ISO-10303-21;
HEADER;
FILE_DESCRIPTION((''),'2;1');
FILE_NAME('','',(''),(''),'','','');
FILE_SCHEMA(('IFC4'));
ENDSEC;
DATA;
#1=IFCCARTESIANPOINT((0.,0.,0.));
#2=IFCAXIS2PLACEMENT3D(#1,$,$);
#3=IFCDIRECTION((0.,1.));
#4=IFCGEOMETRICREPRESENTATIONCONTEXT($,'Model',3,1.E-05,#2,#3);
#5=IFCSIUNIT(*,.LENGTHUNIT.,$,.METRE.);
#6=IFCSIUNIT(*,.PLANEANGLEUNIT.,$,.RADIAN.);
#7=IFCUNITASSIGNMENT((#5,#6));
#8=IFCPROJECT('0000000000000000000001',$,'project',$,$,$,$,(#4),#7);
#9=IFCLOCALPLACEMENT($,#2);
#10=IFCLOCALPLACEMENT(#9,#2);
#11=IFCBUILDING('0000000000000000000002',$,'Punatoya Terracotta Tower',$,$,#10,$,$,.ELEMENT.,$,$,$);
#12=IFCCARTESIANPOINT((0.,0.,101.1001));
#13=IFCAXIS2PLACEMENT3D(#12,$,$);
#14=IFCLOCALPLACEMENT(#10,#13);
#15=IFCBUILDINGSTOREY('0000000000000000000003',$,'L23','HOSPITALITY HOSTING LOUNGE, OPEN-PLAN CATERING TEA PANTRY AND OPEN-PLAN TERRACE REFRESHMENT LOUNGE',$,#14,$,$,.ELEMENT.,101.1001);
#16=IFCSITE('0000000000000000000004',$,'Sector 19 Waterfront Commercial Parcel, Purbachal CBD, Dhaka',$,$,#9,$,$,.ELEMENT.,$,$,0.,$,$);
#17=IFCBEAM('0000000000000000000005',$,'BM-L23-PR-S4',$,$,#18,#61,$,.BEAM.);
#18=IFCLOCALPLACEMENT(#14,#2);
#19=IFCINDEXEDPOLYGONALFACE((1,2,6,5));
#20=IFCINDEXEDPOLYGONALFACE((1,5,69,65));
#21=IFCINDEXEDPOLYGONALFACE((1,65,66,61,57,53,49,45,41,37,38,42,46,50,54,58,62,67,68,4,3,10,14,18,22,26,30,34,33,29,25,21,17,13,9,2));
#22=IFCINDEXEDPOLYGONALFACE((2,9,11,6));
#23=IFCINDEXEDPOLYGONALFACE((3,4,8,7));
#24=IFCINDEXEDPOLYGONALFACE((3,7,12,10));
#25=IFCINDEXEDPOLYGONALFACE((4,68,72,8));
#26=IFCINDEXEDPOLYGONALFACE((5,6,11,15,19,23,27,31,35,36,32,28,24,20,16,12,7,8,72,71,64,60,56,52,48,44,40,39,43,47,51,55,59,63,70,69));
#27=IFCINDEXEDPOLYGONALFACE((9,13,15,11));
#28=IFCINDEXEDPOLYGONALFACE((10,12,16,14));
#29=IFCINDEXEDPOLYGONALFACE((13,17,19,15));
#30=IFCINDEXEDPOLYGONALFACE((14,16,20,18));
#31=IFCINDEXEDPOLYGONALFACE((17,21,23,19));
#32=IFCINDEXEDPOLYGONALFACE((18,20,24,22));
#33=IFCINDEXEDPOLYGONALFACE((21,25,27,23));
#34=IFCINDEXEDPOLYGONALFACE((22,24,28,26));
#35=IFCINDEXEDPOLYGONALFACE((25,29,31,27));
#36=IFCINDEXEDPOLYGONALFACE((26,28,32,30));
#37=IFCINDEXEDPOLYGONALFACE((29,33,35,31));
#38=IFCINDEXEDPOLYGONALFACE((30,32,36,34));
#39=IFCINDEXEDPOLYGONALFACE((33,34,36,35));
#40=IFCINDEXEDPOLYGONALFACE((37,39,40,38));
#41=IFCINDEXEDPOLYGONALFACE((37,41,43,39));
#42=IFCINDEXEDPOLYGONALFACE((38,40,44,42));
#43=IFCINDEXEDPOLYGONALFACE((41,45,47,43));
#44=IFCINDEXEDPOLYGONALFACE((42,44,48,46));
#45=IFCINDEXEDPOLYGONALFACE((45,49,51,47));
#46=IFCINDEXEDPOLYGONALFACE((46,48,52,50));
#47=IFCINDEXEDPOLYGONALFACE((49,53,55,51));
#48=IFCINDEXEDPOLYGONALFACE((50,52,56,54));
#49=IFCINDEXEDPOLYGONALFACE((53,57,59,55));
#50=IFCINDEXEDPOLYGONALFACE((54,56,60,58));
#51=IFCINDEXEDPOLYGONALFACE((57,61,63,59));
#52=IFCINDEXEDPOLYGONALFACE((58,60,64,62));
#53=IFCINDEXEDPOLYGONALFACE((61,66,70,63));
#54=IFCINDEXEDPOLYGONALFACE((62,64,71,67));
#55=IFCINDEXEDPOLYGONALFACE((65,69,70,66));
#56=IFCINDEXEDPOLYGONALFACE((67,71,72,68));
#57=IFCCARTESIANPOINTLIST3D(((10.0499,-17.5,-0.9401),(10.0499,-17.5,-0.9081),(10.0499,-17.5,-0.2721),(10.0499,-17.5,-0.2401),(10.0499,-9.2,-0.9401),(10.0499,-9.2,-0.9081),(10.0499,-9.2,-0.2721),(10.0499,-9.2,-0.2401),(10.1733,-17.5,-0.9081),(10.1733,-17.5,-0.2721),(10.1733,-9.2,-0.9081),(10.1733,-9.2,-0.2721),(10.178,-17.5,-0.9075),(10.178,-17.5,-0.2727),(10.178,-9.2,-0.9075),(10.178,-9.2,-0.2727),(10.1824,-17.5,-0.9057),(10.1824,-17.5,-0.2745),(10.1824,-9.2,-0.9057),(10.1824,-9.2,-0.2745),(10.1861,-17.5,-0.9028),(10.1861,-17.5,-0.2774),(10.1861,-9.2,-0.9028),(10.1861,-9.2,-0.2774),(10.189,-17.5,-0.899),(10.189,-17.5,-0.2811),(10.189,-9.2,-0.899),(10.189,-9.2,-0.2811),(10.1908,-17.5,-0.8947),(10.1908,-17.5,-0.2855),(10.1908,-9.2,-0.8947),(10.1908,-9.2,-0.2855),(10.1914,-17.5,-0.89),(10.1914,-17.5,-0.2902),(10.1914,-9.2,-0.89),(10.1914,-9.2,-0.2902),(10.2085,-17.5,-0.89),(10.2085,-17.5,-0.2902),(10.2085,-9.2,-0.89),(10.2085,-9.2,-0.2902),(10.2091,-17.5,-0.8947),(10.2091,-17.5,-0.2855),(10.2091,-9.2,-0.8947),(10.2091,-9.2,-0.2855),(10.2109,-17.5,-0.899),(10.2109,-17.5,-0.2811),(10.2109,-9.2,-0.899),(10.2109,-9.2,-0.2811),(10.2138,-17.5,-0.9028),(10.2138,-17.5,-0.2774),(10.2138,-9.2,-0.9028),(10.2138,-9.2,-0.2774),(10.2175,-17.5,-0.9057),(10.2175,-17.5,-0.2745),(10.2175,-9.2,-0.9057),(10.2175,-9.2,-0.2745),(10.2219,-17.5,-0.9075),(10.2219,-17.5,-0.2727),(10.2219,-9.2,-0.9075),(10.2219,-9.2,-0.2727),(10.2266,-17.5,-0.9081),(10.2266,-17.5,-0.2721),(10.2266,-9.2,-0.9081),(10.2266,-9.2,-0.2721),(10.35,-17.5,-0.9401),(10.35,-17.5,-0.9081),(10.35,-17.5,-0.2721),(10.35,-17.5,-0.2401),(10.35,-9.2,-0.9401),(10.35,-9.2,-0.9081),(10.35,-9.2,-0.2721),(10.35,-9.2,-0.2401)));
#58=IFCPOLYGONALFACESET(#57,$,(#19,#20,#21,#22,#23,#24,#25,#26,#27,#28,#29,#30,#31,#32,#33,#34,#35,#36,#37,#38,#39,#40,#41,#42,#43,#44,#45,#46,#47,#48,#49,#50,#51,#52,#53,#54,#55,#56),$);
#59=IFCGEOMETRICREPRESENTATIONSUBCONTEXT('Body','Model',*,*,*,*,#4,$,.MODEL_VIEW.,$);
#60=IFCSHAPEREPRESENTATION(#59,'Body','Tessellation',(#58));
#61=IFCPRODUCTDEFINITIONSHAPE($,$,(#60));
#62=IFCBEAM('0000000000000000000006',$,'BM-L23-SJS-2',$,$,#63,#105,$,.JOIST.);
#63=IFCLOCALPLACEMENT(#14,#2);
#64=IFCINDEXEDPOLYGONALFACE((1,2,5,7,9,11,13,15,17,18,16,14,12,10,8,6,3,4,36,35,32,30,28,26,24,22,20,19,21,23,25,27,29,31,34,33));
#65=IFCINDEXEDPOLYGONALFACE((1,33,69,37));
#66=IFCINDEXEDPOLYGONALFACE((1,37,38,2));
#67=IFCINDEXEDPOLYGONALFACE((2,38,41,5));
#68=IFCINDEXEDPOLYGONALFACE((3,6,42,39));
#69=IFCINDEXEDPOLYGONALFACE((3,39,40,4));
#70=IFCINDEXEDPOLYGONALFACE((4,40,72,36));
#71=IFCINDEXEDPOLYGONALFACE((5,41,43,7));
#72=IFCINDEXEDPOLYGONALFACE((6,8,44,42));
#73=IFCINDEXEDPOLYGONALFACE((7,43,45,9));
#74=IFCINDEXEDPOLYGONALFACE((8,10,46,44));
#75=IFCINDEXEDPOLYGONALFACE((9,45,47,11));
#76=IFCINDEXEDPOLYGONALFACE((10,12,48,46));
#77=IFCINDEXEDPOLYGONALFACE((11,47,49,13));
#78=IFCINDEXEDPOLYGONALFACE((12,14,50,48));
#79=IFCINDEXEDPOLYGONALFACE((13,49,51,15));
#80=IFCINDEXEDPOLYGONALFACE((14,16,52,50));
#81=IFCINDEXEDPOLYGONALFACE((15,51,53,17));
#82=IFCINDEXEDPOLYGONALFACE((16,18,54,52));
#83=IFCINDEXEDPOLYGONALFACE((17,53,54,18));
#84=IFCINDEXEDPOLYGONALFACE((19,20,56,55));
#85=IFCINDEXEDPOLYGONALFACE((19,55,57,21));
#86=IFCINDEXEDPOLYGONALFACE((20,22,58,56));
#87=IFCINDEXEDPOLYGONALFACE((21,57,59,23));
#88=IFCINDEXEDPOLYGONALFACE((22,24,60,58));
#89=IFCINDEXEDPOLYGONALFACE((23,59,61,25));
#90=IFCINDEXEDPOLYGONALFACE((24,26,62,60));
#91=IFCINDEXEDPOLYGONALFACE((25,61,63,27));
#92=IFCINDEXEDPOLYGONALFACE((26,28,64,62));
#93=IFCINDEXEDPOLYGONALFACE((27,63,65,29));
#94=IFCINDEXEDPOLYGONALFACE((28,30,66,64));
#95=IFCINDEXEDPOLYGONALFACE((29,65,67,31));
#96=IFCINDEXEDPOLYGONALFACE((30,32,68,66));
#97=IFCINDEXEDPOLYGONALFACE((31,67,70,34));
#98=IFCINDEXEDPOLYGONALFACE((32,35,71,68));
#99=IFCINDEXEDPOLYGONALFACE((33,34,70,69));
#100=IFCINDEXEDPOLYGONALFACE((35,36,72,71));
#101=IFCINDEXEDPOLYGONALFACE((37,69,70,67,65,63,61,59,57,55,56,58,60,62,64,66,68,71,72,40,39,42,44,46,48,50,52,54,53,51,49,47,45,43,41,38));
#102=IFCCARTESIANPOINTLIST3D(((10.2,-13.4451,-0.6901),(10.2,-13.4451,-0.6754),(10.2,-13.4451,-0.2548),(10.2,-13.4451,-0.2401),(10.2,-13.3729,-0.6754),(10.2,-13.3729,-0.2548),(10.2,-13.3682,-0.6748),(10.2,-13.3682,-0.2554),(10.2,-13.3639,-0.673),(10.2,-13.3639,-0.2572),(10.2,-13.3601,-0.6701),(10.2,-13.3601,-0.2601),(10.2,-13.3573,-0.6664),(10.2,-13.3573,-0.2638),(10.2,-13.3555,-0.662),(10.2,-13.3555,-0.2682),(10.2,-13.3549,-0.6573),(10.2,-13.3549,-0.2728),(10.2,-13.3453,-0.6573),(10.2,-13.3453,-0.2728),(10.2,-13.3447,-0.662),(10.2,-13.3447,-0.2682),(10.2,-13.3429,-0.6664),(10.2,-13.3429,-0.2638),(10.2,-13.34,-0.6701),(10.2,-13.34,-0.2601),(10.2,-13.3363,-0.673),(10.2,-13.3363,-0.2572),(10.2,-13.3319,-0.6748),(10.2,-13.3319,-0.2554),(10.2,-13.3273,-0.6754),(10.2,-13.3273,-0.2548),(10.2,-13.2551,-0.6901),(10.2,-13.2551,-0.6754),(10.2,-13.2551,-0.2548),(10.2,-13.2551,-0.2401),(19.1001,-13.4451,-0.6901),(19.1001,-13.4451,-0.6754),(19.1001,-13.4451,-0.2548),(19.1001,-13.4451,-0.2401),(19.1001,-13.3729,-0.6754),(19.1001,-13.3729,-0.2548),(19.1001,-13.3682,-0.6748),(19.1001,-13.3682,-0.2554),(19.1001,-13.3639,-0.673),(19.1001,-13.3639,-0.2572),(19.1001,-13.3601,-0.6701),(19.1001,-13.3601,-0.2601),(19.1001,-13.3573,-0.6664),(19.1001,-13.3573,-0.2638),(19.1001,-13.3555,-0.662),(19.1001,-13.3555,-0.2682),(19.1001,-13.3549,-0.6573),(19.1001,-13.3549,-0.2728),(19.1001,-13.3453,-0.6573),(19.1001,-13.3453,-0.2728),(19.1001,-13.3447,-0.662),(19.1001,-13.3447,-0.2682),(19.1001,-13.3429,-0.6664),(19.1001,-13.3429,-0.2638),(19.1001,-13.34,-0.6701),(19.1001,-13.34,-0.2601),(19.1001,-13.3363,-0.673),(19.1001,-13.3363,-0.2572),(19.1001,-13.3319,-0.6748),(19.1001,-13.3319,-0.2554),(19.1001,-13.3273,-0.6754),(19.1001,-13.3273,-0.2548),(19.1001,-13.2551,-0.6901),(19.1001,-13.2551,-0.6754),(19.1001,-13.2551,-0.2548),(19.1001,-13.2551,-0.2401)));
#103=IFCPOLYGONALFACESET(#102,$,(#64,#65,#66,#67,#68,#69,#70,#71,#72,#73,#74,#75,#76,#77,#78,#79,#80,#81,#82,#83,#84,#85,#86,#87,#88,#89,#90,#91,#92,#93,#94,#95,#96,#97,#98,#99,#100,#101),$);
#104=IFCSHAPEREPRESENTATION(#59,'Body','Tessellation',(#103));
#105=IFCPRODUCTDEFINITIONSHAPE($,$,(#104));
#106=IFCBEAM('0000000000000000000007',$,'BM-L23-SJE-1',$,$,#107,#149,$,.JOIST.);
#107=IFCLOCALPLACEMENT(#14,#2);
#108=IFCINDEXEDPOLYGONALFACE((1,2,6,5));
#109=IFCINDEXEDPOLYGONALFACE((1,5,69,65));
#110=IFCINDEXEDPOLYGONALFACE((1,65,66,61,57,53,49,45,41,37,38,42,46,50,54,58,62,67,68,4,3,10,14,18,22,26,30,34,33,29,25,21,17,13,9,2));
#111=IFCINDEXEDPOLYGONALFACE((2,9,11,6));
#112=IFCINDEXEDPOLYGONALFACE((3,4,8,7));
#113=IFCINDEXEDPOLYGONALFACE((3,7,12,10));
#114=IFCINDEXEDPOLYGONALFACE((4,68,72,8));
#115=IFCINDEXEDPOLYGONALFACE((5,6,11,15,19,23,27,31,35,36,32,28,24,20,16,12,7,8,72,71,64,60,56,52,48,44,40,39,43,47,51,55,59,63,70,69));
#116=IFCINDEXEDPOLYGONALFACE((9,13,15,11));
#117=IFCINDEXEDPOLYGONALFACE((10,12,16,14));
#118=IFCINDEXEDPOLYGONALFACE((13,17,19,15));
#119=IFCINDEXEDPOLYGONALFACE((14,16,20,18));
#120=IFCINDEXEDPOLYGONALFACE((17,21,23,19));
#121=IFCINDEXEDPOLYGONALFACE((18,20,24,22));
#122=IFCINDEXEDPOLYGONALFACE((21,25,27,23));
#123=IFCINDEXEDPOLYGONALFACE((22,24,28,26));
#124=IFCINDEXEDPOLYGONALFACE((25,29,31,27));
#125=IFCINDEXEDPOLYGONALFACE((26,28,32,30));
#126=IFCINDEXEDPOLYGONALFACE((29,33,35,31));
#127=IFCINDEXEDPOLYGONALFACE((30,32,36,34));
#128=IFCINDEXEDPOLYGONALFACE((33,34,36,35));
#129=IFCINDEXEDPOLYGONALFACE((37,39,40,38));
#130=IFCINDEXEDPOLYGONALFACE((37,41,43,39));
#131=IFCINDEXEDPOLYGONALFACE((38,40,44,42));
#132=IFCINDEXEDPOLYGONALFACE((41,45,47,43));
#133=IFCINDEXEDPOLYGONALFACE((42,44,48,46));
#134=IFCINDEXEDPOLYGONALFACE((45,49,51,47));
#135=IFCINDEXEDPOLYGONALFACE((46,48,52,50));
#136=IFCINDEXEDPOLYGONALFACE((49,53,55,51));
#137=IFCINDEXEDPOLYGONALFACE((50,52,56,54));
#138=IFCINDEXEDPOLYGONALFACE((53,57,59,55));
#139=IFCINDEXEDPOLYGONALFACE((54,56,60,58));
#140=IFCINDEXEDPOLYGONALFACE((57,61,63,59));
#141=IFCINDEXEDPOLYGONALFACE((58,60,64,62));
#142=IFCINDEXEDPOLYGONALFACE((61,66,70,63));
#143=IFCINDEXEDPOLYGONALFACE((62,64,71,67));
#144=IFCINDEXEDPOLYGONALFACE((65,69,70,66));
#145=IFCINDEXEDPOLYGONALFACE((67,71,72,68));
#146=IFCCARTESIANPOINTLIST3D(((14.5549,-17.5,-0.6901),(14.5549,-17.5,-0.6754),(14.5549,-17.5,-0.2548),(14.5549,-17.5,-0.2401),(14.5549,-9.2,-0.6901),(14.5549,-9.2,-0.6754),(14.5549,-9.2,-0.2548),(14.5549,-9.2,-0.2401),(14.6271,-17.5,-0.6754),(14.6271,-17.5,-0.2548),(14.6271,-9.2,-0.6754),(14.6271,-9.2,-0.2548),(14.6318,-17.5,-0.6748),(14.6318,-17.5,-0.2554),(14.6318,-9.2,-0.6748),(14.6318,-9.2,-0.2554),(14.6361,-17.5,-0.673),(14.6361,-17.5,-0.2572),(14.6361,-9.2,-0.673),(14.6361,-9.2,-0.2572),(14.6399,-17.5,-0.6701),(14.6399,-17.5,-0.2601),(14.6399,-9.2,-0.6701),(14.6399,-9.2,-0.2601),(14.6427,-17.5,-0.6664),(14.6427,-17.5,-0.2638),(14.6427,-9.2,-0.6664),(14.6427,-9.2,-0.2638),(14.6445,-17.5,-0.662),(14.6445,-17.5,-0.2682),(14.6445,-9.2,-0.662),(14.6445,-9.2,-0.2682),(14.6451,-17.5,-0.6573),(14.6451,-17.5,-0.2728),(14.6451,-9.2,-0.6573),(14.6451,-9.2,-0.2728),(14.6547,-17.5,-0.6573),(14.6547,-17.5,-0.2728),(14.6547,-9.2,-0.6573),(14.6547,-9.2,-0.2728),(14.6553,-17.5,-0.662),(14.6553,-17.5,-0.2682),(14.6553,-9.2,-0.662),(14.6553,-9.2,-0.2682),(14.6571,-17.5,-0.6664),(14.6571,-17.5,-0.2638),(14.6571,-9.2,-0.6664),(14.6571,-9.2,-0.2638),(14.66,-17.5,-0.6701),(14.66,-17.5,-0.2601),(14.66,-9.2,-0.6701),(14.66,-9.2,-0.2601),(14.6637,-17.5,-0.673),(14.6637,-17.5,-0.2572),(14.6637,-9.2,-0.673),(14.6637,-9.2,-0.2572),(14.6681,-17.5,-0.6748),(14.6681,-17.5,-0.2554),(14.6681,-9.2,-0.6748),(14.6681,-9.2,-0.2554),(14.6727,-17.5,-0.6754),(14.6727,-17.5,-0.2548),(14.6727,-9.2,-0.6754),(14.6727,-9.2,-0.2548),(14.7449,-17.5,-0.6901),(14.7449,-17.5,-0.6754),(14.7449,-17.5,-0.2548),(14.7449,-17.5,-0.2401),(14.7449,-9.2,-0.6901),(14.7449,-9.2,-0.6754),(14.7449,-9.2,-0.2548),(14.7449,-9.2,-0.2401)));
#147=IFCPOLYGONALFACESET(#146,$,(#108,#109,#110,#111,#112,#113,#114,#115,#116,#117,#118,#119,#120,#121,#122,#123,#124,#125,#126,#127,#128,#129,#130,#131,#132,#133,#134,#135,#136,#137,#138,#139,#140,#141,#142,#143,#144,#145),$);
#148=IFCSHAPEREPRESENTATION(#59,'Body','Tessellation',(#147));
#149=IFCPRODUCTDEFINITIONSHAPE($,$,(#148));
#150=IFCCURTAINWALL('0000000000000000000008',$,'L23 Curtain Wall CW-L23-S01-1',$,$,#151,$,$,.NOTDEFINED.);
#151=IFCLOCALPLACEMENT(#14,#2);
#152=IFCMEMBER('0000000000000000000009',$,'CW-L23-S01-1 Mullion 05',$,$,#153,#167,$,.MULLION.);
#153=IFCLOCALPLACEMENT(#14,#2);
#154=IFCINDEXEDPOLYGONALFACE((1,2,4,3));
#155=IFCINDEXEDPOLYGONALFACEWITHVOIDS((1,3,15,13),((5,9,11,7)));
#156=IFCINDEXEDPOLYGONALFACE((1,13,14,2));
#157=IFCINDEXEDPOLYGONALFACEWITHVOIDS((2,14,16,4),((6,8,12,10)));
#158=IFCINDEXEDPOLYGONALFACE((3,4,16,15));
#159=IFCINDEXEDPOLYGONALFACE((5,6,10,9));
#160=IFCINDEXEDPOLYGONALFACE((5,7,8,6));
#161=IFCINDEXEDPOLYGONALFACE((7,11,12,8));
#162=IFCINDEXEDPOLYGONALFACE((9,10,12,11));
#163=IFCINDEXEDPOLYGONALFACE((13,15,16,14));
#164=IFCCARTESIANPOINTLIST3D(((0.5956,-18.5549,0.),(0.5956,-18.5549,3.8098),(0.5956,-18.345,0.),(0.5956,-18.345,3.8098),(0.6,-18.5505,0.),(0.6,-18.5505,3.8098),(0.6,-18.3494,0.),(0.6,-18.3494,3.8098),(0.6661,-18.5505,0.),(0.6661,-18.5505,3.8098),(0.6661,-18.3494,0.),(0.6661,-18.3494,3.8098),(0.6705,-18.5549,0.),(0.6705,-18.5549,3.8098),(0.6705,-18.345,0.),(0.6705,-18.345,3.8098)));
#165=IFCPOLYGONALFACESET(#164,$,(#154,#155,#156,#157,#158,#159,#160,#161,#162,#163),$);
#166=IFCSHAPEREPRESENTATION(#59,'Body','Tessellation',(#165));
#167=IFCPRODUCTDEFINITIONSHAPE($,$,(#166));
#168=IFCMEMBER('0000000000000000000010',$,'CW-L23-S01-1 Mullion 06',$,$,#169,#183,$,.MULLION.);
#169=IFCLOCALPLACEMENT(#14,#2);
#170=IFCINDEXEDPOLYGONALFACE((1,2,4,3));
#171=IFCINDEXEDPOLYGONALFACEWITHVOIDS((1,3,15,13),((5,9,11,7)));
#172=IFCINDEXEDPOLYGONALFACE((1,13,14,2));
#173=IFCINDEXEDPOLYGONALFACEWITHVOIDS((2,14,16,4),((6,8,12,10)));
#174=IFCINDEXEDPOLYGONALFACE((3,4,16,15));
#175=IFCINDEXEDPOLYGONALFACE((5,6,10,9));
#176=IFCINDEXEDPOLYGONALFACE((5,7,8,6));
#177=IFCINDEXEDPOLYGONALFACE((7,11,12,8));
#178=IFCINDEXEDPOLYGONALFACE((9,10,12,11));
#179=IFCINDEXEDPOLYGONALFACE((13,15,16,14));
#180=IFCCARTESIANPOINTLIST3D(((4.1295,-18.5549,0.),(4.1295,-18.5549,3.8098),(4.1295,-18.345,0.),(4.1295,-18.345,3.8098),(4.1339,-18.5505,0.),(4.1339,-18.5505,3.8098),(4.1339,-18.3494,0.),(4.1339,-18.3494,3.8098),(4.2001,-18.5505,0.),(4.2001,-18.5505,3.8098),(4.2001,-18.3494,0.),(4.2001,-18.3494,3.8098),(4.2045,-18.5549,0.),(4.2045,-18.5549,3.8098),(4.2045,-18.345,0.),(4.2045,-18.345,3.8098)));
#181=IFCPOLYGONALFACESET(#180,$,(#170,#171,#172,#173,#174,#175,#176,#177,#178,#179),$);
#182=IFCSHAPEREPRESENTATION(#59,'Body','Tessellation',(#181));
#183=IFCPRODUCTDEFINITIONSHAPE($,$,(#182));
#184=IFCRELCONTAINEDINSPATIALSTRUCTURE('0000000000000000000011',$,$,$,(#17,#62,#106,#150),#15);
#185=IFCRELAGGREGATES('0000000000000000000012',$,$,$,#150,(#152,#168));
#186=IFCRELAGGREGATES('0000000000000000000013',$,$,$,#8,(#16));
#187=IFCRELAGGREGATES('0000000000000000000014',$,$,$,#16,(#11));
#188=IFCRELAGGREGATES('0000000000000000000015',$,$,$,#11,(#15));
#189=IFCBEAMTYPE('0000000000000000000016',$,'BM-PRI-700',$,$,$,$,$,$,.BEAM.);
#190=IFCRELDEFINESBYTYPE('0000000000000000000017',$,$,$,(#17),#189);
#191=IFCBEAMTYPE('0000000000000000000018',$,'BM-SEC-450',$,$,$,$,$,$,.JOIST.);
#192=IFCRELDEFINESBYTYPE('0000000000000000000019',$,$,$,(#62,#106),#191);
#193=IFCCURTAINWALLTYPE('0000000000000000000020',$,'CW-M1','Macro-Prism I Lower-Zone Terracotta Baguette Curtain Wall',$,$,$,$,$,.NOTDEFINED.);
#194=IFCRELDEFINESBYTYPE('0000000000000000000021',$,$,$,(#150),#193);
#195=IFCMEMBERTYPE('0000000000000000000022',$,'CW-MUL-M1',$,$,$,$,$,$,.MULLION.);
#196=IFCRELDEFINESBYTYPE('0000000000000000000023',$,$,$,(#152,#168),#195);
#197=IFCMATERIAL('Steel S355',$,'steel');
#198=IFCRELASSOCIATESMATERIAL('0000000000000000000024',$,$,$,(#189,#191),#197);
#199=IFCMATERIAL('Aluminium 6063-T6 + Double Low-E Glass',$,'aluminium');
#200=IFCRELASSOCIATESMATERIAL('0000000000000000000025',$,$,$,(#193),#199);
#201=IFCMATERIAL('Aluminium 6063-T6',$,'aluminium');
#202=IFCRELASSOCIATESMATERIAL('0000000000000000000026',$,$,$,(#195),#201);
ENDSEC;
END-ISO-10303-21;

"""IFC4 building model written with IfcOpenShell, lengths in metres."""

from ifc_helpers import new_model, si_unit, direction, frame, origin, origin_2d, place, context, subcontext, project, spatial, hollow_rectangle, i_section, extrude, material, material_profile, profile_set, type_object, element, aggregate, save


model = new_model("IFC4")

# Units and contexts
model_context = context("Model", 3, precision=1e-05, world=origin(), true_north=direction((0.0, 1.0)))
body_context = subcontext(model_context, "Body", "Model", "MODEL_VIEW")
ifc_project = project(units=[si_unit("LENGTHUNIT", "METRE"), si_unit("PLANEANGLEUNIT", "RADIAN")], contexts=[model_context])

# Site, building, storey
site_placement = place(None, origin())
site = spatial("IfcSite", under=ifc_project, at=site_placement, Name="Sector 19 Waterfront Commercial Parcel, Purbachal CBD, Dhaka", CompositionType="ELEMENT", RefElevation=0.0)
building_placement = place(site_placement, origin())
building = spatial("IfcBuilding", under=site, at=building_placement, Name="Punatoya Terracotta Tower", CompositionType="ELEMENT")
storey_placement = place(building_placement, frame((0.0, 0.0, 101.1001)))
storey = spatial("IfcBuildingStorey", under=building, at=storey_placement, Name="L23", Description="HOSPITALITY HOSTING LOUNGE, OPEN-PLAN CATERING TEA PANTRY AND OPEN-PLAN TERRACE REFRESHMENT LOUNGE", CompositionType="ELEMENT", Elevation=101.1001)

# Beams
ifc_material_1 = material(Name="Steel S355", Category="steel")
ifc_material_profile_1 = material_profile(ifc_material_1, i_section(OverallWidth=0.3, OverallDepth=0.7, WebThickness=0.0171, FlangeThickness=0.032, FilletRadius=0.0181, at=origin_2d()))
ifc_profile_set_1 = profile_set([ifc_material_profile_1], Name="Steel S355")
beam_type_1 = type_object("IfcBeamType", Name="BM-PRI-700", PredefinedType="BEAM", material=ifc_profile_set_1)
for number, where, z_axis, x_axis, name in (
    (1, (10.2, -17.5, -0.5901), (0.0, 1.0, 0.0), (-1.0, 0.0, 0.0), "BM-L23-PR-S4"),
):
    element("IfcBeam", number, at=place(storey_placement, frame(where, z_axis=z_axis, x_axis=x_axis)), inside=storey, type_object=beam_type_1, Name=name, PredefinedType="BEAM", context=body_context, shape_type="SweptSolid", body=[
        extrude(i_section(OverallWidth=0.3, OverallDepth=0.7, WebThickness=0.0171, FlangeThickness=0.032, FilletRadius=0.0181, at=origin_2d()), origin(), (0.0, 0.0, 1.0), 8.3),
    ])
ifc_material_profile_2 = material_profile(ifc_material_1, i_section(OverallWidth=0.1899, OverallDepth=0.45, WebThickness=0.0095, FlangeThickness=0.0146, FilletRadius=0.0181, at=origin_2d()))
ifc_profile_set_2 = profile_set([ifc_material_profile_2], Name="Steel S355")
beam_type_2 = type_object("IfcBeamType", Name="BM-SEC-450", PredefinedType="JOIST", material=ifc_profile_set_2)
beam_1_placement = place(storey_placement, frame((10.2, -13.3501, -0.4651), z_axis=(1.0, 0.0, 0.0), x_axis=(0.0, 1.0, 0.0)))
element("IfcBeam", 2, at=beam_1_placement, inside=storey, type_object=beam_type_2, Name="BM-L23-SJS-2", PredefinedType="JOIST", context=body_context, shape_type="SweptSolid", body=[
    extrude(i_section(OverallWidth=0.1899, OverallDepth=0.45, WebThickness=0.0095, FlangeThickness=0.0146, FilletRadius=0.0181, at=origin_2d()), origin(), (0.0, 0.0, 1.0), 8.9001),
])
beam_2_placement = place(storey_placement, frame((14.6499, -17.5, -0.4651), z_axis=(0.0, 1.0, 0.0), x_axis=(-1.0, 0.0, 0.0)))
element("IfcBeam", 3, at=beam_2_placement, inside=storey, type_object=beam_type_2, Name="BM-L23-SJE-1", PredefinedType="JOIST", context=body_context, shape_type="SweptSolid", body=[
    extrude(i_section(OverallWidth=0.1899, OverallDepth=0.45, WebThickness=0.0095, FlangeThickness=0.0146, FilletRadius=0.0181, at=origin_2d()), origin(), (0.0, 0.0, 1.0), 8.3),
])

# Curtain wall, members
ifc_material_2 = material(Name="Aluminium 6063-T6 + Double Low-E Glass", Category="aluminium")
curtain_wall_type = type_object("IfcCurtainWallType", Name="CW-M1", Description="Macro-Prism I Lower-Zone Terracotta Baguette Curtain Wall", PredefinedType="NOTDEFINED", material=ifc_material_2)
curtain_wall_placement = place(storey_placement, origin())
curtain_wall = element("IfcCurtainWall", 4, at=curtain_wall_placement, inside=storey, type_object=curtain_wall_type, Name="L23 Curtain Wall CW-L23-S01-1", PredefinedType="NOTDEFINED")
ifc_material_3 = material(Name="Aluminium 6063-T6", Category="aluminium")
ifc_material_profile_3 = material_profile(ifc_material_3, hollow_rectangle(XDim=0.075, YDim=0.21, WallThickness=0.0044, at=origin_2d()))
ifc_profile_set_3 = profile_set([ifc_material_profile_3], Name="Aluminium 6063-T6")
member_type = type_object("IfcMemberType", Name="CW-MUL-M1", PredefinedType="MULLION", material=ifc_profile_set_3)
member_1_placement = place(storey_placement, frame((0.6331, -18.45, 0.0), z_axis=(0.0, 0.0, 1.0), x_axis=(1.0, 0.0, 0.0)))
member_1 = element("IfcMember", 5, at=member_1_placement, type_object=member_type, Name="CW-L23-S01-1 Mullion 05", PredefinedType="MULLION", context=body_context, shape_type="SweptSolid", body=[
    extrude(hollow_rectangle(XDim=0.075, YDim=0.21, WallThickness=0.0044, at=origin_2d()), origin(), (0.0, 0.0, 1.0), 3.8098),
])
member_2_placement = place(storey_placement, frame((4.167, -18.45, 0.0), z_axis=(0.0, 0.0, 1.0), x_axis=(1.0, 0.0, 0.0)))
member_2 = element("IfcMember", 6, at=member_2_placement, type_object=member_type, Name="CW-L23-S01-1 Mullion 06", PredefinedType="MULLION", context=body_context, shape_type="SweptSolid", body=[
    extrude(hollow_rectangle(XDim=0.075, YDim=0.21, WallThickness=0.0044, at=origin_2d()), origin(), (0.0, 0.0, 1.0), 3.8098),
])
aggregate(curtain_wall, [member_1, member_2])

save(model, "model.ifc")
